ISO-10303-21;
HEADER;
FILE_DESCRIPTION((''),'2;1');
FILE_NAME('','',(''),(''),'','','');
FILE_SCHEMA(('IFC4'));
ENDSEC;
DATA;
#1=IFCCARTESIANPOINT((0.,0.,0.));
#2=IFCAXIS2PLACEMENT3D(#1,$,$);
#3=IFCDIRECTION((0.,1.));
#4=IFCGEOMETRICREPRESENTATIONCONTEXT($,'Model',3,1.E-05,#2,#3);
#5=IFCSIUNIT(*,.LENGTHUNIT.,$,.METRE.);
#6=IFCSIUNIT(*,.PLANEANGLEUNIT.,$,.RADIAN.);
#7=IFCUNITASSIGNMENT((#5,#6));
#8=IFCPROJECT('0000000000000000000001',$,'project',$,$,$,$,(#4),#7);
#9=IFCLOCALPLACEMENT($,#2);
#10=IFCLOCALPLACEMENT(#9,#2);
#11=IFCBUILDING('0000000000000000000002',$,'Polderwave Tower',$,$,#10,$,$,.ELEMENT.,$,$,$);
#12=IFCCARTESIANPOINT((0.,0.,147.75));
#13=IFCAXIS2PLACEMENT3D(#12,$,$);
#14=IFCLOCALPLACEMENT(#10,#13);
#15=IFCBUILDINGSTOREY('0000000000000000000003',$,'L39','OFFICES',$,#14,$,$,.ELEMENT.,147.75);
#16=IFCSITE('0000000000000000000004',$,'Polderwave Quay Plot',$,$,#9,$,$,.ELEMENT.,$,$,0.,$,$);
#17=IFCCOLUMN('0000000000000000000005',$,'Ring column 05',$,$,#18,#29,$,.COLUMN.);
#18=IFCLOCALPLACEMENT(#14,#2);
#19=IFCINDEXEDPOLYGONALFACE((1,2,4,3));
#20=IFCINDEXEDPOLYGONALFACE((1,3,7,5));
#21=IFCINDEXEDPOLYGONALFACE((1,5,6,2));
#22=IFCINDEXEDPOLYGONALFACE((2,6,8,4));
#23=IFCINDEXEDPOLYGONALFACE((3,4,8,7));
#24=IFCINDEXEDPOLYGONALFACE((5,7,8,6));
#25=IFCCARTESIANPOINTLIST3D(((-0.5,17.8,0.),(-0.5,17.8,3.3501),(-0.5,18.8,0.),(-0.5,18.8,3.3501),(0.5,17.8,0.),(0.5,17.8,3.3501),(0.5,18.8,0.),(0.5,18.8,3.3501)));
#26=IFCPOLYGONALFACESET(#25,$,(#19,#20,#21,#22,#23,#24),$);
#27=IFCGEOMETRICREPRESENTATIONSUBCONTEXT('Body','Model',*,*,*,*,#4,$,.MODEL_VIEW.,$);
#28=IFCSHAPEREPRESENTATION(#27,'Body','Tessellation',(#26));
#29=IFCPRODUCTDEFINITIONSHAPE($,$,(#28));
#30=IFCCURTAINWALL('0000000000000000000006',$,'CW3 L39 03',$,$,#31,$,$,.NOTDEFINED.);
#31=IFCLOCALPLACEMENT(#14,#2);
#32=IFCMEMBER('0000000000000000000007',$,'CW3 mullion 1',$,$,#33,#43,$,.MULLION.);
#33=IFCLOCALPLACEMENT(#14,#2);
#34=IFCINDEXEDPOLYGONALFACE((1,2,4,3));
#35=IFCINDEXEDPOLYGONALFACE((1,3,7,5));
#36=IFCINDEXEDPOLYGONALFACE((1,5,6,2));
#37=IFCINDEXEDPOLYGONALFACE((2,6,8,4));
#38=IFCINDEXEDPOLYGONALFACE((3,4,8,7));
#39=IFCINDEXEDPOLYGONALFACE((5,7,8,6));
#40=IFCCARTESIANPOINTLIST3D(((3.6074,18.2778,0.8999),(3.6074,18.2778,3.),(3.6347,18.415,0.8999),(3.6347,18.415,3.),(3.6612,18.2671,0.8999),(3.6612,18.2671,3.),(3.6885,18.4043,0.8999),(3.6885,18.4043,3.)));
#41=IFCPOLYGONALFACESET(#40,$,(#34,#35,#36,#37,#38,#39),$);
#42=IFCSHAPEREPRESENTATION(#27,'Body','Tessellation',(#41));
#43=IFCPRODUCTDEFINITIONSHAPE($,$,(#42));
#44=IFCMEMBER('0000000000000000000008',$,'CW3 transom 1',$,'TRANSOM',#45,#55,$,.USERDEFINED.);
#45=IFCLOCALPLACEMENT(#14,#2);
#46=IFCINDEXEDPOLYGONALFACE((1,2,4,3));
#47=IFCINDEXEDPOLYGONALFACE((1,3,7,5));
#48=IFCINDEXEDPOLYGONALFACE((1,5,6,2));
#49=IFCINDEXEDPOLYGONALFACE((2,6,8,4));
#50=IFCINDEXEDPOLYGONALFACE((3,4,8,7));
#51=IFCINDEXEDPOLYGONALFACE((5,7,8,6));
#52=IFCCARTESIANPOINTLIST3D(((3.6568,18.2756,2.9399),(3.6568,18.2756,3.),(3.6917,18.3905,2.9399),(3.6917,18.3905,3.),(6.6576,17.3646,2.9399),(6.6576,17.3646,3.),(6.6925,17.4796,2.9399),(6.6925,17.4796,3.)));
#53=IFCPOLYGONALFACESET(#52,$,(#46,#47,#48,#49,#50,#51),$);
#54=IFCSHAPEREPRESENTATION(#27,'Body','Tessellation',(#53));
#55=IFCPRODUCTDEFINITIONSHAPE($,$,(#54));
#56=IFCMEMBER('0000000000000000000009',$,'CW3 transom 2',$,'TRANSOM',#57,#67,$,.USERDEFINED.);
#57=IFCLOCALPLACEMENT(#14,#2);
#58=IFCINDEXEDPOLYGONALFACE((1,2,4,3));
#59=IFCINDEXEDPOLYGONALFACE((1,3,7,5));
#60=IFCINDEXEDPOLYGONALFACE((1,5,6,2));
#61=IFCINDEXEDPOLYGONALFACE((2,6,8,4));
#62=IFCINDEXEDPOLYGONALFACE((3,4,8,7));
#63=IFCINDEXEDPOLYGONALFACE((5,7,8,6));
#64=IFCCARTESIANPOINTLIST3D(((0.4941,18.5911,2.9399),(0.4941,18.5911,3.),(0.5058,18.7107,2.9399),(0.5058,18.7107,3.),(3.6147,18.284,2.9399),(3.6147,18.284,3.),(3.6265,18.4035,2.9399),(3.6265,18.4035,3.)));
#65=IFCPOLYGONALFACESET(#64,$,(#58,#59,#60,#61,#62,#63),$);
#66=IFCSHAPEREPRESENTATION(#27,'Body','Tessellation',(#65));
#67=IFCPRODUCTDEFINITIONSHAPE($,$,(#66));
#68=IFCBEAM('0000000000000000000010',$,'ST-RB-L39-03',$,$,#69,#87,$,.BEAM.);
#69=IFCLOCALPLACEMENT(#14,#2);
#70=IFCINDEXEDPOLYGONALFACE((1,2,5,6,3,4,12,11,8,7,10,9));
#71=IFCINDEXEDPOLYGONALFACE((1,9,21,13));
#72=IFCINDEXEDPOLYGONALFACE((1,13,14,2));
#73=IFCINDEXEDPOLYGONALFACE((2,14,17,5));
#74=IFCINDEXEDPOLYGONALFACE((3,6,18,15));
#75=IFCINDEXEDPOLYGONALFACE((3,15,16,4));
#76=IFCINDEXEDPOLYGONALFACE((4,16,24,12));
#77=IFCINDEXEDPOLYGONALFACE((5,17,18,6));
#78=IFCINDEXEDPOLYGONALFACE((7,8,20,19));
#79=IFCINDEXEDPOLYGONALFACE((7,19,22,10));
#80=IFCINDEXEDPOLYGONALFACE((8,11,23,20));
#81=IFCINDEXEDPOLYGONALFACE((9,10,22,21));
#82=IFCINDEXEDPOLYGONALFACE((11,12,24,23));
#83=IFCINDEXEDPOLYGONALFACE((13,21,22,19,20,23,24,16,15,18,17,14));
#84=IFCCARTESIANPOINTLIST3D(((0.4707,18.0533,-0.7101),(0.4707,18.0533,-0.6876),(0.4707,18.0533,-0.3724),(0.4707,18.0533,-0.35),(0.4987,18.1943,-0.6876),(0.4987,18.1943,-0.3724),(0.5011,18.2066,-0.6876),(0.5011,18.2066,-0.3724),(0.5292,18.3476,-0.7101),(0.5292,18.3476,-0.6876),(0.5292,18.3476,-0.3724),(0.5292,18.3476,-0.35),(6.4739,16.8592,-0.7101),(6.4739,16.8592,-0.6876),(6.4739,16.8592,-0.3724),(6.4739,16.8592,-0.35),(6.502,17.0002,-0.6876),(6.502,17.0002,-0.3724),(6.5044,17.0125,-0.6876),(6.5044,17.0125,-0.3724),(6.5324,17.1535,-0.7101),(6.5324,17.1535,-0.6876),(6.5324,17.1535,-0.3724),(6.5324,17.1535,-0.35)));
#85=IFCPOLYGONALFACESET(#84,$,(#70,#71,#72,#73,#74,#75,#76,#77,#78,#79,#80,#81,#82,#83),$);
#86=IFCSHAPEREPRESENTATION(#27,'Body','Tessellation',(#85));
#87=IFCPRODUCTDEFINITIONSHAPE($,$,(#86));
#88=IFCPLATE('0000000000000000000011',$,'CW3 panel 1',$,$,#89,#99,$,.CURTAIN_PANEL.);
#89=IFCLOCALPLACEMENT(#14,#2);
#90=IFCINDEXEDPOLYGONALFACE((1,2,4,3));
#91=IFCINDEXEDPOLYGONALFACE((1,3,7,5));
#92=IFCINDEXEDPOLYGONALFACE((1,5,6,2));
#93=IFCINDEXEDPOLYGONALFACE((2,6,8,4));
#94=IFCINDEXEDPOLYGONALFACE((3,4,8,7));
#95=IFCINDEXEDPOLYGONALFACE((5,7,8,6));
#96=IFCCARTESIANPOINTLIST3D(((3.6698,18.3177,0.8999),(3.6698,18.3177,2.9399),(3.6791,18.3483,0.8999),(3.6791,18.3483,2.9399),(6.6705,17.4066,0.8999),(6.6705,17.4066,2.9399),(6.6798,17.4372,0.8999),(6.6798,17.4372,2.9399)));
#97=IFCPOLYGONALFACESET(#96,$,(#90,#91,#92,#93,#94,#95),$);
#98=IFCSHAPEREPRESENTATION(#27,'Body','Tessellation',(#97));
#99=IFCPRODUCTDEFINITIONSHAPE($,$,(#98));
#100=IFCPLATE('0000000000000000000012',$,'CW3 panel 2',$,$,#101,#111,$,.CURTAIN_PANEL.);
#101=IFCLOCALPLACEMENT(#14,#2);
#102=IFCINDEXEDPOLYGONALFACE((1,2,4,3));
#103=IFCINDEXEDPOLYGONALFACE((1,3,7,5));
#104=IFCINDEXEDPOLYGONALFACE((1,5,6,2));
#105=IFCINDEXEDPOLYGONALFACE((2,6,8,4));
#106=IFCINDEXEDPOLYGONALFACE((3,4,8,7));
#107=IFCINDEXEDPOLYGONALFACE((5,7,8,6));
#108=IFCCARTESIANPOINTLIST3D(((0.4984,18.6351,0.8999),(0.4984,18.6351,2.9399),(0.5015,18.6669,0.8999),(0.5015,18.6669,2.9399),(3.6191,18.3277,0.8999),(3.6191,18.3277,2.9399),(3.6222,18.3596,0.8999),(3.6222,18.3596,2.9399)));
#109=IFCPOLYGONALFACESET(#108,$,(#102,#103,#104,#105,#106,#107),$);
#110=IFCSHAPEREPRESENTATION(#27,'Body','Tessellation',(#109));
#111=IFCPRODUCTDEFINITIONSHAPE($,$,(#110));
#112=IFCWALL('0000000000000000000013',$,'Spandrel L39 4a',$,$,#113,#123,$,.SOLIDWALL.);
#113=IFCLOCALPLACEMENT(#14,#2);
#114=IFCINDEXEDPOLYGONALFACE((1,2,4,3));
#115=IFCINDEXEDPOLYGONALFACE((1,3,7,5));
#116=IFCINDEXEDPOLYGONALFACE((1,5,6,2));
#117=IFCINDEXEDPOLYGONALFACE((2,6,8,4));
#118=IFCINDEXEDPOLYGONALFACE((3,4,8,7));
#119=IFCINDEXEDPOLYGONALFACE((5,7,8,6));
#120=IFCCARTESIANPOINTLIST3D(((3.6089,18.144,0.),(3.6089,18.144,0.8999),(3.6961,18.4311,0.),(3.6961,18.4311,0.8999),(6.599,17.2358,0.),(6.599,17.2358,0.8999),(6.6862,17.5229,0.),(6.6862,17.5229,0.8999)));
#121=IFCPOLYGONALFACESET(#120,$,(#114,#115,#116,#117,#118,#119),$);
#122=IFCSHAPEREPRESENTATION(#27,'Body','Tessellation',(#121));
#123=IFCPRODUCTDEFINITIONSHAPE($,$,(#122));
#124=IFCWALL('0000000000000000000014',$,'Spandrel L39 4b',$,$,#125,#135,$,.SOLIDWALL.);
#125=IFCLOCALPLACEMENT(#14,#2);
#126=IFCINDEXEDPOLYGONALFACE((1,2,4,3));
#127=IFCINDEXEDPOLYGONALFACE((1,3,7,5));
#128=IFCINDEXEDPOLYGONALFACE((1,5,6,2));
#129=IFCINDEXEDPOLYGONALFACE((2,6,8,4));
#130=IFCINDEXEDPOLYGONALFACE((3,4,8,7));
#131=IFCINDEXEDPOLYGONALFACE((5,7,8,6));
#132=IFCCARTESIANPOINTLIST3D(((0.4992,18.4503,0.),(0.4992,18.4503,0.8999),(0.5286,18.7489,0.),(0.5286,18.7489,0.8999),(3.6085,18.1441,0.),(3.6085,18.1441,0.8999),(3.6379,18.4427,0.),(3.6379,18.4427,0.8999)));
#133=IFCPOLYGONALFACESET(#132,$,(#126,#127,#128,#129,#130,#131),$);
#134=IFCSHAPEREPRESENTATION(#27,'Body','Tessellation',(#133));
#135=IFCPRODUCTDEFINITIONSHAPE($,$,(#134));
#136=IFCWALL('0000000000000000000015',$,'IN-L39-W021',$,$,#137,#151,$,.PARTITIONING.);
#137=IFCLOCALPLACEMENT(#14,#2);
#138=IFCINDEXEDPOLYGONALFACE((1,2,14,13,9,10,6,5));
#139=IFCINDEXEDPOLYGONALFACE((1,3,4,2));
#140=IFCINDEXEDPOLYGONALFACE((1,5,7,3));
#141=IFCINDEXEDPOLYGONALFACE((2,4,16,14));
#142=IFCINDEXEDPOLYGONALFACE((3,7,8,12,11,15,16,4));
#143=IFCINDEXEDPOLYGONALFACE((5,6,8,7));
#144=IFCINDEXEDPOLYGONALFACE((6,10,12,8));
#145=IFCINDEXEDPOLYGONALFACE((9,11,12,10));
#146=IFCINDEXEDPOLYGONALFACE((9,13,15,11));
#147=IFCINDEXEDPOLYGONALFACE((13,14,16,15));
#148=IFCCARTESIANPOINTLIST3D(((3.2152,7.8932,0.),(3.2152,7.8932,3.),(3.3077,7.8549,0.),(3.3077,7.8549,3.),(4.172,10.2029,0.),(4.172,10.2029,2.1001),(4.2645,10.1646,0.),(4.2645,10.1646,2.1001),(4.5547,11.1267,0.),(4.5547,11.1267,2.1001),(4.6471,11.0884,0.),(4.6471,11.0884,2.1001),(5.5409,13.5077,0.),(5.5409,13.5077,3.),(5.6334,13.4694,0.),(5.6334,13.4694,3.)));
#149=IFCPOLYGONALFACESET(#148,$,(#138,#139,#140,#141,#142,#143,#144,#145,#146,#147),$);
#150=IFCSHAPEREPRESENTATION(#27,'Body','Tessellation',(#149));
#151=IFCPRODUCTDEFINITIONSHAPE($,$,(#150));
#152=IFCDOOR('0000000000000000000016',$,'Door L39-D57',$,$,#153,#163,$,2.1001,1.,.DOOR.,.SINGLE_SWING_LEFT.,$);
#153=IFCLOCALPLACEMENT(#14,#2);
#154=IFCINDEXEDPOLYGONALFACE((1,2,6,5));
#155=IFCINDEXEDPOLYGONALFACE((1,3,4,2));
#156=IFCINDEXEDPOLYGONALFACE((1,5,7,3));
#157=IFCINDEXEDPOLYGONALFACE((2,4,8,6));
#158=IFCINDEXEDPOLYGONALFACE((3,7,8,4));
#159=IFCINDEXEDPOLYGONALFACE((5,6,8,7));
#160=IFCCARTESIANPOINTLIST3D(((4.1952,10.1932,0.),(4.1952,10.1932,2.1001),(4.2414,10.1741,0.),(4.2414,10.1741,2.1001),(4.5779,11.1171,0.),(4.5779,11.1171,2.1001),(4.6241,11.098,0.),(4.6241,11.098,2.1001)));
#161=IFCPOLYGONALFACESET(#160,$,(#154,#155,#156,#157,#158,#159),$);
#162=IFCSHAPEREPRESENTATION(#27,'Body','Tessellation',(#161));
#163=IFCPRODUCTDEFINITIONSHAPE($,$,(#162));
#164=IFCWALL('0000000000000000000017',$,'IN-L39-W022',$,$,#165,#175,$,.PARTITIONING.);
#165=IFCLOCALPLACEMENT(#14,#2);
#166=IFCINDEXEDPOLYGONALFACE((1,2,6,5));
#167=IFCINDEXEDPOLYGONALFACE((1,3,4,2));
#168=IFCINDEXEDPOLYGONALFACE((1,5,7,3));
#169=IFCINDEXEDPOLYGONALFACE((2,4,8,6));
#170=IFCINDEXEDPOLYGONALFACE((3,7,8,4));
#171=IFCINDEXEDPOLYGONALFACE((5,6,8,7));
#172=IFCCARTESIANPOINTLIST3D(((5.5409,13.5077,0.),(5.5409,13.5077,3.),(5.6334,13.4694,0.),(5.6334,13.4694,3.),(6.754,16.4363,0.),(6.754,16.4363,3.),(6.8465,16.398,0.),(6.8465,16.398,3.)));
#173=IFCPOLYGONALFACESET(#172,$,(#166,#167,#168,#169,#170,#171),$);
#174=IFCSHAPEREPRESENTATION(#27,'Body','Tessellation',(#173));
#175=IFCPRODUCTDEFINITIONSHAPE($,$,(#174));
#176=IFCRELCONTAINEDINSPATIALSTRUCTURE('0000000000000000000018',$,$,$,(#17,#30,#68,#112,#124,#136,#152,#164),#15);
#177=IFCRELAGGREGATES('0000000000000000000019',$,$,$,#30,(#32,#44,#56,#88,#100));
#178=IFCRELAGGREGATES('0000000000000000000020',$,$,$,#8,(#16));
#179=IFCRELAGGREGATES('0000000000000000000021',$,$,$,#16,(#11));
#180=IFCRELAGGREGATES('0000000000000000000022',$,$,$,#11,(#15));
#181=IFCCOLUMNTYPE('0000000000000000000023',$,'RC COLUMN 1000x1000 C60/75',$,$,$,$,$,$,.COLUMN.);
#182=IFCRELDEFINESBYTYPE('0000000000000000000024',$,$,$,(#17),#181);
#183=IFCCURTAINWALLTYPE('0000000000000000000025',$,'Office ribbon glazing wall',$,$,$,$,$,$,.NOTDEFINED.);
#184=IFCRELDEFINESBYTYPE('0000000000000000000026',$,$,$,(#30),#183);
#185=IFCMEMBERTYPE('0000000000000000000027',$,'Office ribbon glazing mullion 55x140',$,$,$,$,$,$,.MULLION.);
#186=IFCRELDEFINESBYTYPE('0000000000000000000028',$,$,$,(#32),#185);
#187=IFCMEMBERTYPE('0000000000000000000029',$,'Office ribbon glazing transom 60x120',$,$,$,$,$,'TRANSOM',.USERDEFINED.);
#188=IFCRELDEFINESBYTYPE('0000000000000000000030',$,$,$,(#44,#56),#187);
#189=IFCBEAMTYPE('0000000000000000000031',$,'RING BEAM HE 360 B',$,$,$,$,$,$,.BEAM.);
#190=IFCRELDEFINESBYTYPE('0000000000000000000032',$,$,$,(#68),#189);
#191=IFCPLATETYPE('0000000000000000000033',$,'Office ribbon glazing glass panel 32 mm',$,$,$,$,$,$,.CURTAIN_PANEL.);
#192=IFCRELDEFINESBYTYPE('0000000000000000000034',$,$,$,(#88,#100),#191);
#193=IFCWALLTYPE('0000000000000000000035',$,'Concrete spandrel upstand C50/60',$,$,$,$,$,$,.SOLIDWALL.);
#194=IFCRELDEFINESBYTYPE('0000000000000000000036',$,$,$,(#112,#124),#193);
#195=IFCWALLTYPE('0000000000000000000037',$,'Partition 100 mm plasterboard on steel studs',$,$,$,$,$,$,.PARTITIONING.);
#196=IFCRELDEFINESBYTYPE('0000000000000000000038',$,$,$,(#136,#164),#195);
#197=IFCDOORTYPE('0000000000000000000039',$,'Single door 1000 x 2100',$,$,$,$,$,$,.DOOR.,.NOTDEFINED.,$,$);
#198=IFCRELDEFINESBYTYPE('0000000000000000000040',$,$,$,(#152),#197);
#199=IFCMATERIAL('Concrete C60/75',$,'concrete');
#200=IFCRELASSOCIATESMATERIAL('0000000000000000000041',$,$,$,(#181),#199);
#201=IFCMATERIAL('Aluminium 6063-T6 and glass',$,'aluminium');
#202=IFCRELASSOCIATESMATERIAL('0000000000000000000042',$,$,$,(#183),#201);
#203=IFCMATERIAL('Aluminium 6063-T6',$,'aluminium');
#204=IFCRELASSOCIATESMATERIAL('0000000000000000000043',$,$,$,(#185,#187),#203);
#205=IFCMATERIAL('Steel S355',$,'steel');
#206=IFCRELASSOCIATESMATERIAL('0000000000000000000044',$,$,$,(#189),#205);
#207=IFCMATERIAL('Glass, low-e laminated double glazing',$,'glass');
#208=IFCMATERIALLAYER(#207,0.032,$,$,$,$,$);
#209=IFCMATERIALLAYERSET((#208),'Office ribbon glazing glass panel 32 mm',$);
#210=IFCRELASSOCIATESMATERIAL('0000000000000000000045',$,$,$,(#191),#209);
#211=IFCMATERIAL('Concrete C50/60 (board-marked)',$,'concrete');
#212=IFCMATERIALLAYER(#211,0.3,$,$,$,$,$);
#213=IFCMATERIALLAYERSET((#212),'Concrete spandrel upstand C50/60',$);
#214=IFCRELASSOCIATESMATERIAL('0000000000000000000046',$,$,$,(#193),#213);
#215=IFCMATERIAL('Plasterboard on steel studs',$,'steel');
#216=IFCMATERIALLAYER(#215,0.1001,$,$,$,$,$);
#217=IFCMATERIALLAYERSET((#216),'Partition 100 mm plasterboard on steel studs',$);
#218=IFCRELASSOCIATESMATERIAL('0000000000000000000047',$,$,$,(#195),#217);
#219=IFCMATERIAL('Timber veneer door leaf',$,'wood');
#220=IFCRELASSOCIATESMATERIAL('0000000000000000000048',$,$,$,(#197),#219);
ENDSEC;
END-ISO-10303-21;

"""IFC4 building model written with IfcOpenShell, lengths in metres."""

from ifc_helpers import new_model, si_unit, direction, frame, frame_2d, origin, origin_2d, place, context, subcontext, project, spatial, rectangle, i_section, extrude, material, layer, layer_set, material_profile, profile_set, type_object, element, fill, aggregate, save


model = new_model("IFC4")

# Units and contexts
model_context = context("Model", 3, precision=1e-05, world=origin(), true_north=direction((0.0, 1.0)))
body_context = subcontext(model_context, "Body", "Model", "MODEL_VIEW")
ifc_project = project(units=[si_unit("LENGTHUNIT", "METRE"), si_unit("PLANEANGLEUNIT", "RADIAN")], contexts=[model_context])

# Site, building, storey
site_placement = place(None, origin())
site = spatial("IfcSite", under=ifc_project, at=site_placement, Name="Polderwave Quay Plot", CompositionType="ELEMENT", RefElevation=0.0)
building_placement = place(site_placement, origin())
building = spatial("IfcBuilding", under=site, at=building_placement, Name="Polderwave Tower", CompositionType="ELEMENT")
storey_placement = place(building_placement, frame((0.0, 0.0, 147.75)))
storey = spatial("IfcBuildingStorey", under=building, at=storey_placement, Name="L39", Description="OFFICES", CompositionType="ELEMENT", Elevation=147.75)

# Column
ifc_material_1 = material(Name="Concrete C60/75", Category="concrete")
ifc_material_profile_1 = material_profile(ifc_material_1, rectangle(XDim=1.0, YDim=1.0, at=origin_2d()), Name="RC 1000x1000")
ifc_profile_set_1 = profile_set([ifc_material_profile_1], Name="Concrete C60/75")
column_type = type_object("IfcColumnType", Name="RC COLUMN 1000x1000 C60/75", PredefinedType="COLUMN", material=ifc_profile_set_1)
column_placement = place(storey_placement, frame((0.0, 18.3, 0.0), z_axis=(0.0, 0.0, 1.0), x_axis=(0.0, 1.0, 0.0)))
element("IfcColumn", 1, at=column_placement, inside=storey, type_object=column_type, Name="Ring column 05", PredefinedType="COLUMN", context=body_context, shape_type="SweptSolid", body=[
    extrude(rectangle(XDim=1.0, YDim=1.0, at=origin_2d()), origin(), (0.0, 0.0, 1.0), 3.3501),
])

# Curtain wall, members
ifc_material_2 = material(Name="Aluminium 6063-T6 and glass", Category="aluminium")
curtain_wall_type = type_object("IfcCurtainWallType", Name="Office ribbon glazing wall", PredefinedType="NOTDEFINED", material=ifc_material_2)
curtain_wall_placement = place(storey_placement, origin())
curtain_wall = element("IfcCurtainWall", 2, at=curtain_wall_placement, inside=storey, type_object=curtain_wall_type, Name="CW3 L39 03", PredefinedType="NOTDEFINED")
ifc_material_3 = material(Name="Aluminium 6063-T6", Category="aluminium")
ifc_material_profile_2 = material_profile(ifc_material_3, rectangle(XDim=0.1399, YDim=0.0549, at=origin_2d()), Name="AL 55x140")
ifc_profile_set_2 = profile_set([ifc_material_profile_2], Name="Aluminium 6063-T6")
member_type_1 = type_object("IfcMemberType", Name="Office ribbon glazing mullion 55x140", PredefinedType="MULLION", material=ifc_profile_set_2)
member_1_placement = place(storey_placement, frame((3.6479, 18.3411, 0.8999), z_axis=(0.0, 0.0, 1.0), x_axis=(-0.195196, -0.980764, 0.0)))
member_1 = element("IfcMember", 3, at=member_1_placement, type_object=member_type_1, Name="CW3 mullion 1", PredefinedType="MULLION", context=body_context, shape_type="SweptSolid", body=[
    extrude(rectangle(XDim=0.1399, YDim=0.0549, at=origin_2d()), origin(), (0.0, 0.0, 1.0), 2.1001),
])
ifc_material_profile_3 = material_profile(ifc_material_3, rectangle(XDim=0.1201, YDim=0.0601, at=origin_2d()), Name="AL 60x120")
ifc_profile_set_3 = profile_set([ifc_material_profile_3], Name="Aluminium 6063-T6")
member_type_2 = type_object("IfcMemberType", Name="Office ribbon glazing transom 60x120", ElementType="TRANSOM", PredefinedType="USERDEFINED", material=ifc_profile_set_3)
member_2_placement = place(storey_placement, frame((6.675, 17.4221, 2.97), z_axis=(-0.956885, 0.290468, 0.0), x_axis=(-0.290468, -0.956885, 0.0)))
member_2 = element("IfcMember", 4, at=member_2_placement, type_object=member_type_2, Name="CW3 transom 1", ObjectType="TRANSOM", PredefinedType="USERDEFINED", context=body_context, shape_type="SweptSolid", body=[
    extrude(rectangle(XDim=0.1201, YDim=0.0601, at=origin_2d()), origin(), (0.0, 0.0, 1.0), 3.136),
])
member_3_placement = place(storey_placement, frame((3.6206, 18.3438, 2.97), z_axis=(-0.995192, 0.097946, 0.0), x_axis=(-0.097946, -0.995192, 0.0)))
member_3 = element("IfcMember", 5, at=member_3_placement, type_object=member_type_2, Name="CW3 transom 2", ObjectType="TRANSOM", PredefinedType="USERDEFINED", context=body_context, shape_type="SweptSolid", body=[
    extrude(rectangle(XDim=0.1201, YDim=0.0601, at=origin_2d()), origin(), (0.0, 0.0, 1.0), 3.1357),
])

# Beam
ifc_material_4 = material(Name="Steel S355", Category="steel")
ifc_material_profile_4 = material_profile(ifc_material_4, i_section(OverallWidth=0.3, OverallDepth=0.3601, WebThickness=0.0125, FlangeThickness=0.0225, at=origin_2d()), Name="HE 360 B")
ifc_profile_set_4 = profile_set([ifc_material_profile_4], Name="Steel S355")
beam_type = type_object("IfcBeamType", Name="RING BEAM HE 360 B", PredefinedType="BEAM", material=ifc_profile_set_4)
beam_placement = place(storey_placement, frame((6.5032, 17.0063, -0.53), z_axis=(-0.980786, 0.195088, 0.0), x_axis=(-0.195088, -0.980786, 0.0)))
element("IfcBeam", 6, at=beam_placement, inside=storey, type_object=beam_type, Name="ST-RB-L39-03", PredefinedType="BEAM", context=body_context, shape_type="SweptSolid", body=[
    extrude(i_section(OverallWidth=0.3, OverallDepth=0.3601, WebThickness=0.0125, FlangeThickness=0.0225, at=origin_2d()), origin(), (0.0, 0.0, 1.0), 6.1208),
])

# Plates
ifc_material_5 = material(Name="Glass, low-e laminated double glazing", Category="glass")
ifc_layer_1 = layer(ifc_material_5, 0.032)
ifc_layer_set_1 = layer_set([ifc_layer_1], Name="Office ribbon glazing glass panel 32 mm")
plate_type = type_object("IfcPlateType", Name="Office ribbon glazing glass panel 32 mm", PredefinedType="CURTAIN_PANEL", material=ifc_layer_set_1)
plate_1_placement = place(storey_placement, frame((5.1748, 17.8774, 0.8999), z_axis=(0.0, 0.0, 1.0), x_axis=(-0.956873, 0.290507, 0.0)))
plate_1 = element("IfcPlate", 7, at=plate_1_placement, type_object=plate_type, Name="CW3 panel 1", PredefinedType="CURTAIN_PANEL", context=body_context, shape_type="SweptSolid", body=[
    extrude(rectangle(XDim=3.136, YDim=0.032, at=origin_2d()), origin(), (0.0, 0.0, 1.0), 2.04),
])
plate_2_placement = place(storey_placement, frame((2.0603, 18.4973, 0.8999), z_axis=(0.0, 0.0, 1.0), x_axis=(-0.995186, 0.098002, 0.0)))
plate_2 = element("IfcPlate", 8, at=plate_2_placement, type_object=plate_type, Name="CW3 panel 2", PredefinedType="CURTAIN_PANEL", context=body_context, shape_type="SweptSolid", body=[
    extrude(rectangle(XDim=3.1357, YDim=0.032, at=origin_2d()), origin(), (0.0, 0.0, 1.0), 2.04),
])
aggregate(curtain_wall, [member_1, member_2, member_3, plate_1, plate_2])

# Walls
ifc_material_6 = material(Name="Concrete C50/60 (board-marked)", Category="concrete")
ifc_layer_2 = layer(ifc_material_6, 0.3)
ifc_layer_set_2 = layer_set([ifc_layer_2], Name="Concrete spandrel upstand C50/60")
wall_type_1 = type_object("IfcWallType", Name="Concrete spandrel upstand C50/60", PredefinedType="SOLIDWALL", material=ifc_layer_set_2)
wall_1_placement = place(storey_placement, frame((6.6426, 17.3794, 0.0), z_axis=(0.0, 0.0, 1.0), x_axis=(-0.95684, 0.290614, 0.0)))
element("IfcWall", 9, at=wall_1_placement, inside=storey, type_object=wall_type_1, Name="Spandrel L39 4a", PredefinedType="SOLIDWALL", context=body_context, shape_type="SweptSolid", body=[
    extrude(rectangle(XDim=3.125, YDim=0.3, at=frame_2d((1.5625, 0.0))), origin(), (0.0, 0.0, 1.0), 0.8999),
])
wall_2_placement = place(storey_placement, frame((3.623, 18.2935, 0.0), z_axis=(0.0, 0.0, 1.0), x_axis=(-0.995187, 0.097995, 0.0)))
element("IfcWall", 10, at=wall_2_placement, inside=storey, type_object=wall_type_1, Name="Spandrel L39 4b", PredefinedType="SOLIDWALL", context=body_context, shape_type="SweptSolid", body=[
    extrude(rectangle(XDim=3.1243, YDim=0.3, at=frame_2d((1.562, 0.0))), origin(), (0.0, 0.0, 1.0), 0.8999),
])

# Wall, opening, door
ifc_material_7 = material(Name="Plasterboard on steel studs", Category="steel")
ifc_layer_3 = layer(ifc_material_7, 0.1001)
ifc_layer_set_3 = layer_set([ifc_layer_3], Name="Partition 100 mm plasterboard on steel studs")
wall_type_2 = type_object("IfcWallType", Name="Partition 100 mm plasterboard on steel studs", PredefinedType="PARTITIONING", material=ifc_layer_set_3)
wall_3_placement = place(storey_placement, frame((3.2615, 7.874, 0.0), z_axis=(0.0, 0.0, 1.0), x_axis=(0.382695, 0.923875, 0.0)))
wall_3 = element("IfcWall", 11, at=wall_3_placement, inside=storey, type_object=wall_type_2, Name="IN-L39-W021", PredefinedType="PARTITIONING", context=body_context, shape_type="SweptSolid", body=[
    extrude(rectangle(XDim=6.0771, YDim=0.1001, at=frame_2d((3.0386, 0.0))), origin(), (0.0, 0.0, 1.0), 3.0),
])
opening_1_placement = place(wall_3_placement, frame((2.5, 0.0, 0.0)))
opening_1 = element("IfcOpeningElement", 12, at=opening_1_placement, cuts=wall_3, PredefinedType="OPENING", context=body_context, shape_type="SweptSolid", body=[
    extrude(rectangle(XDim=1.0, YDim=2.1001, at=frame_2d((0.5, 1.05))), frame((0.0, 0.0601, 0.0), z_axis=(0.0, -1.0, 0.0), x_axis=(1.0, 0.0, 0.0)), (0.0, 0.0, 1.0), 0.1201),
])
ifc_material_8 = material(Name="Timber veneer door leaf", Category="wood")
door_type = type_object("IfcDoorType", Name="Single door 1000 x 2100", OperationType="NOTDEFINED", PredefinedType="DOOR", material=ifc_material_8)
door_1_placement = place(opening_1_placement, origin())
door_1 = element("IfcDoor", 13, at=door_1_placement, inside=storey, type_object=door_type, Name="Door L39-D57", OperationType="SINGLE_SWING_LEFT", OverallHeight=2.1001, OverallWidth=1.0, PredefinedType="DOOR", context=body_context, shape_type="SweptSolid", body=[
    extrude(rectangle(XDim=1.0, YDim=2.1001, at=frame_2d((0.5, 1.05))), frame((0.0, 0.0249, 0.0), z_axis=(0.0, -1.0, 0.0), x_axis=(1.0, 0.0, 0.0)), (0.0, 0.0, 1.0), 0.05),
])
fill(opening_1, door_1)

# Wall
wall_4_placement = place(storey_placement, frame((5.5872, 13.4885, 0.0), z_axis=(0.0, 0.0, 1.0), x_axis=(0.38269, 0.923877, 0.0)))
element("IfcWall", 14, at=wall_4_placement, inside=storey, type_object=wall_type_2, Name="IN-L39-W022", PredefinedType="PARTITIONING", context=body_context, shape_type="SweptSolid", body=[
    extrude(rectangle(XDim=3.1699, YDim=0.1001, at=frame_2d((1.585, 0.0))), origin(), (0.0, 0.0, 1.0), 3.0),
])

save(model, "model.ifc")
